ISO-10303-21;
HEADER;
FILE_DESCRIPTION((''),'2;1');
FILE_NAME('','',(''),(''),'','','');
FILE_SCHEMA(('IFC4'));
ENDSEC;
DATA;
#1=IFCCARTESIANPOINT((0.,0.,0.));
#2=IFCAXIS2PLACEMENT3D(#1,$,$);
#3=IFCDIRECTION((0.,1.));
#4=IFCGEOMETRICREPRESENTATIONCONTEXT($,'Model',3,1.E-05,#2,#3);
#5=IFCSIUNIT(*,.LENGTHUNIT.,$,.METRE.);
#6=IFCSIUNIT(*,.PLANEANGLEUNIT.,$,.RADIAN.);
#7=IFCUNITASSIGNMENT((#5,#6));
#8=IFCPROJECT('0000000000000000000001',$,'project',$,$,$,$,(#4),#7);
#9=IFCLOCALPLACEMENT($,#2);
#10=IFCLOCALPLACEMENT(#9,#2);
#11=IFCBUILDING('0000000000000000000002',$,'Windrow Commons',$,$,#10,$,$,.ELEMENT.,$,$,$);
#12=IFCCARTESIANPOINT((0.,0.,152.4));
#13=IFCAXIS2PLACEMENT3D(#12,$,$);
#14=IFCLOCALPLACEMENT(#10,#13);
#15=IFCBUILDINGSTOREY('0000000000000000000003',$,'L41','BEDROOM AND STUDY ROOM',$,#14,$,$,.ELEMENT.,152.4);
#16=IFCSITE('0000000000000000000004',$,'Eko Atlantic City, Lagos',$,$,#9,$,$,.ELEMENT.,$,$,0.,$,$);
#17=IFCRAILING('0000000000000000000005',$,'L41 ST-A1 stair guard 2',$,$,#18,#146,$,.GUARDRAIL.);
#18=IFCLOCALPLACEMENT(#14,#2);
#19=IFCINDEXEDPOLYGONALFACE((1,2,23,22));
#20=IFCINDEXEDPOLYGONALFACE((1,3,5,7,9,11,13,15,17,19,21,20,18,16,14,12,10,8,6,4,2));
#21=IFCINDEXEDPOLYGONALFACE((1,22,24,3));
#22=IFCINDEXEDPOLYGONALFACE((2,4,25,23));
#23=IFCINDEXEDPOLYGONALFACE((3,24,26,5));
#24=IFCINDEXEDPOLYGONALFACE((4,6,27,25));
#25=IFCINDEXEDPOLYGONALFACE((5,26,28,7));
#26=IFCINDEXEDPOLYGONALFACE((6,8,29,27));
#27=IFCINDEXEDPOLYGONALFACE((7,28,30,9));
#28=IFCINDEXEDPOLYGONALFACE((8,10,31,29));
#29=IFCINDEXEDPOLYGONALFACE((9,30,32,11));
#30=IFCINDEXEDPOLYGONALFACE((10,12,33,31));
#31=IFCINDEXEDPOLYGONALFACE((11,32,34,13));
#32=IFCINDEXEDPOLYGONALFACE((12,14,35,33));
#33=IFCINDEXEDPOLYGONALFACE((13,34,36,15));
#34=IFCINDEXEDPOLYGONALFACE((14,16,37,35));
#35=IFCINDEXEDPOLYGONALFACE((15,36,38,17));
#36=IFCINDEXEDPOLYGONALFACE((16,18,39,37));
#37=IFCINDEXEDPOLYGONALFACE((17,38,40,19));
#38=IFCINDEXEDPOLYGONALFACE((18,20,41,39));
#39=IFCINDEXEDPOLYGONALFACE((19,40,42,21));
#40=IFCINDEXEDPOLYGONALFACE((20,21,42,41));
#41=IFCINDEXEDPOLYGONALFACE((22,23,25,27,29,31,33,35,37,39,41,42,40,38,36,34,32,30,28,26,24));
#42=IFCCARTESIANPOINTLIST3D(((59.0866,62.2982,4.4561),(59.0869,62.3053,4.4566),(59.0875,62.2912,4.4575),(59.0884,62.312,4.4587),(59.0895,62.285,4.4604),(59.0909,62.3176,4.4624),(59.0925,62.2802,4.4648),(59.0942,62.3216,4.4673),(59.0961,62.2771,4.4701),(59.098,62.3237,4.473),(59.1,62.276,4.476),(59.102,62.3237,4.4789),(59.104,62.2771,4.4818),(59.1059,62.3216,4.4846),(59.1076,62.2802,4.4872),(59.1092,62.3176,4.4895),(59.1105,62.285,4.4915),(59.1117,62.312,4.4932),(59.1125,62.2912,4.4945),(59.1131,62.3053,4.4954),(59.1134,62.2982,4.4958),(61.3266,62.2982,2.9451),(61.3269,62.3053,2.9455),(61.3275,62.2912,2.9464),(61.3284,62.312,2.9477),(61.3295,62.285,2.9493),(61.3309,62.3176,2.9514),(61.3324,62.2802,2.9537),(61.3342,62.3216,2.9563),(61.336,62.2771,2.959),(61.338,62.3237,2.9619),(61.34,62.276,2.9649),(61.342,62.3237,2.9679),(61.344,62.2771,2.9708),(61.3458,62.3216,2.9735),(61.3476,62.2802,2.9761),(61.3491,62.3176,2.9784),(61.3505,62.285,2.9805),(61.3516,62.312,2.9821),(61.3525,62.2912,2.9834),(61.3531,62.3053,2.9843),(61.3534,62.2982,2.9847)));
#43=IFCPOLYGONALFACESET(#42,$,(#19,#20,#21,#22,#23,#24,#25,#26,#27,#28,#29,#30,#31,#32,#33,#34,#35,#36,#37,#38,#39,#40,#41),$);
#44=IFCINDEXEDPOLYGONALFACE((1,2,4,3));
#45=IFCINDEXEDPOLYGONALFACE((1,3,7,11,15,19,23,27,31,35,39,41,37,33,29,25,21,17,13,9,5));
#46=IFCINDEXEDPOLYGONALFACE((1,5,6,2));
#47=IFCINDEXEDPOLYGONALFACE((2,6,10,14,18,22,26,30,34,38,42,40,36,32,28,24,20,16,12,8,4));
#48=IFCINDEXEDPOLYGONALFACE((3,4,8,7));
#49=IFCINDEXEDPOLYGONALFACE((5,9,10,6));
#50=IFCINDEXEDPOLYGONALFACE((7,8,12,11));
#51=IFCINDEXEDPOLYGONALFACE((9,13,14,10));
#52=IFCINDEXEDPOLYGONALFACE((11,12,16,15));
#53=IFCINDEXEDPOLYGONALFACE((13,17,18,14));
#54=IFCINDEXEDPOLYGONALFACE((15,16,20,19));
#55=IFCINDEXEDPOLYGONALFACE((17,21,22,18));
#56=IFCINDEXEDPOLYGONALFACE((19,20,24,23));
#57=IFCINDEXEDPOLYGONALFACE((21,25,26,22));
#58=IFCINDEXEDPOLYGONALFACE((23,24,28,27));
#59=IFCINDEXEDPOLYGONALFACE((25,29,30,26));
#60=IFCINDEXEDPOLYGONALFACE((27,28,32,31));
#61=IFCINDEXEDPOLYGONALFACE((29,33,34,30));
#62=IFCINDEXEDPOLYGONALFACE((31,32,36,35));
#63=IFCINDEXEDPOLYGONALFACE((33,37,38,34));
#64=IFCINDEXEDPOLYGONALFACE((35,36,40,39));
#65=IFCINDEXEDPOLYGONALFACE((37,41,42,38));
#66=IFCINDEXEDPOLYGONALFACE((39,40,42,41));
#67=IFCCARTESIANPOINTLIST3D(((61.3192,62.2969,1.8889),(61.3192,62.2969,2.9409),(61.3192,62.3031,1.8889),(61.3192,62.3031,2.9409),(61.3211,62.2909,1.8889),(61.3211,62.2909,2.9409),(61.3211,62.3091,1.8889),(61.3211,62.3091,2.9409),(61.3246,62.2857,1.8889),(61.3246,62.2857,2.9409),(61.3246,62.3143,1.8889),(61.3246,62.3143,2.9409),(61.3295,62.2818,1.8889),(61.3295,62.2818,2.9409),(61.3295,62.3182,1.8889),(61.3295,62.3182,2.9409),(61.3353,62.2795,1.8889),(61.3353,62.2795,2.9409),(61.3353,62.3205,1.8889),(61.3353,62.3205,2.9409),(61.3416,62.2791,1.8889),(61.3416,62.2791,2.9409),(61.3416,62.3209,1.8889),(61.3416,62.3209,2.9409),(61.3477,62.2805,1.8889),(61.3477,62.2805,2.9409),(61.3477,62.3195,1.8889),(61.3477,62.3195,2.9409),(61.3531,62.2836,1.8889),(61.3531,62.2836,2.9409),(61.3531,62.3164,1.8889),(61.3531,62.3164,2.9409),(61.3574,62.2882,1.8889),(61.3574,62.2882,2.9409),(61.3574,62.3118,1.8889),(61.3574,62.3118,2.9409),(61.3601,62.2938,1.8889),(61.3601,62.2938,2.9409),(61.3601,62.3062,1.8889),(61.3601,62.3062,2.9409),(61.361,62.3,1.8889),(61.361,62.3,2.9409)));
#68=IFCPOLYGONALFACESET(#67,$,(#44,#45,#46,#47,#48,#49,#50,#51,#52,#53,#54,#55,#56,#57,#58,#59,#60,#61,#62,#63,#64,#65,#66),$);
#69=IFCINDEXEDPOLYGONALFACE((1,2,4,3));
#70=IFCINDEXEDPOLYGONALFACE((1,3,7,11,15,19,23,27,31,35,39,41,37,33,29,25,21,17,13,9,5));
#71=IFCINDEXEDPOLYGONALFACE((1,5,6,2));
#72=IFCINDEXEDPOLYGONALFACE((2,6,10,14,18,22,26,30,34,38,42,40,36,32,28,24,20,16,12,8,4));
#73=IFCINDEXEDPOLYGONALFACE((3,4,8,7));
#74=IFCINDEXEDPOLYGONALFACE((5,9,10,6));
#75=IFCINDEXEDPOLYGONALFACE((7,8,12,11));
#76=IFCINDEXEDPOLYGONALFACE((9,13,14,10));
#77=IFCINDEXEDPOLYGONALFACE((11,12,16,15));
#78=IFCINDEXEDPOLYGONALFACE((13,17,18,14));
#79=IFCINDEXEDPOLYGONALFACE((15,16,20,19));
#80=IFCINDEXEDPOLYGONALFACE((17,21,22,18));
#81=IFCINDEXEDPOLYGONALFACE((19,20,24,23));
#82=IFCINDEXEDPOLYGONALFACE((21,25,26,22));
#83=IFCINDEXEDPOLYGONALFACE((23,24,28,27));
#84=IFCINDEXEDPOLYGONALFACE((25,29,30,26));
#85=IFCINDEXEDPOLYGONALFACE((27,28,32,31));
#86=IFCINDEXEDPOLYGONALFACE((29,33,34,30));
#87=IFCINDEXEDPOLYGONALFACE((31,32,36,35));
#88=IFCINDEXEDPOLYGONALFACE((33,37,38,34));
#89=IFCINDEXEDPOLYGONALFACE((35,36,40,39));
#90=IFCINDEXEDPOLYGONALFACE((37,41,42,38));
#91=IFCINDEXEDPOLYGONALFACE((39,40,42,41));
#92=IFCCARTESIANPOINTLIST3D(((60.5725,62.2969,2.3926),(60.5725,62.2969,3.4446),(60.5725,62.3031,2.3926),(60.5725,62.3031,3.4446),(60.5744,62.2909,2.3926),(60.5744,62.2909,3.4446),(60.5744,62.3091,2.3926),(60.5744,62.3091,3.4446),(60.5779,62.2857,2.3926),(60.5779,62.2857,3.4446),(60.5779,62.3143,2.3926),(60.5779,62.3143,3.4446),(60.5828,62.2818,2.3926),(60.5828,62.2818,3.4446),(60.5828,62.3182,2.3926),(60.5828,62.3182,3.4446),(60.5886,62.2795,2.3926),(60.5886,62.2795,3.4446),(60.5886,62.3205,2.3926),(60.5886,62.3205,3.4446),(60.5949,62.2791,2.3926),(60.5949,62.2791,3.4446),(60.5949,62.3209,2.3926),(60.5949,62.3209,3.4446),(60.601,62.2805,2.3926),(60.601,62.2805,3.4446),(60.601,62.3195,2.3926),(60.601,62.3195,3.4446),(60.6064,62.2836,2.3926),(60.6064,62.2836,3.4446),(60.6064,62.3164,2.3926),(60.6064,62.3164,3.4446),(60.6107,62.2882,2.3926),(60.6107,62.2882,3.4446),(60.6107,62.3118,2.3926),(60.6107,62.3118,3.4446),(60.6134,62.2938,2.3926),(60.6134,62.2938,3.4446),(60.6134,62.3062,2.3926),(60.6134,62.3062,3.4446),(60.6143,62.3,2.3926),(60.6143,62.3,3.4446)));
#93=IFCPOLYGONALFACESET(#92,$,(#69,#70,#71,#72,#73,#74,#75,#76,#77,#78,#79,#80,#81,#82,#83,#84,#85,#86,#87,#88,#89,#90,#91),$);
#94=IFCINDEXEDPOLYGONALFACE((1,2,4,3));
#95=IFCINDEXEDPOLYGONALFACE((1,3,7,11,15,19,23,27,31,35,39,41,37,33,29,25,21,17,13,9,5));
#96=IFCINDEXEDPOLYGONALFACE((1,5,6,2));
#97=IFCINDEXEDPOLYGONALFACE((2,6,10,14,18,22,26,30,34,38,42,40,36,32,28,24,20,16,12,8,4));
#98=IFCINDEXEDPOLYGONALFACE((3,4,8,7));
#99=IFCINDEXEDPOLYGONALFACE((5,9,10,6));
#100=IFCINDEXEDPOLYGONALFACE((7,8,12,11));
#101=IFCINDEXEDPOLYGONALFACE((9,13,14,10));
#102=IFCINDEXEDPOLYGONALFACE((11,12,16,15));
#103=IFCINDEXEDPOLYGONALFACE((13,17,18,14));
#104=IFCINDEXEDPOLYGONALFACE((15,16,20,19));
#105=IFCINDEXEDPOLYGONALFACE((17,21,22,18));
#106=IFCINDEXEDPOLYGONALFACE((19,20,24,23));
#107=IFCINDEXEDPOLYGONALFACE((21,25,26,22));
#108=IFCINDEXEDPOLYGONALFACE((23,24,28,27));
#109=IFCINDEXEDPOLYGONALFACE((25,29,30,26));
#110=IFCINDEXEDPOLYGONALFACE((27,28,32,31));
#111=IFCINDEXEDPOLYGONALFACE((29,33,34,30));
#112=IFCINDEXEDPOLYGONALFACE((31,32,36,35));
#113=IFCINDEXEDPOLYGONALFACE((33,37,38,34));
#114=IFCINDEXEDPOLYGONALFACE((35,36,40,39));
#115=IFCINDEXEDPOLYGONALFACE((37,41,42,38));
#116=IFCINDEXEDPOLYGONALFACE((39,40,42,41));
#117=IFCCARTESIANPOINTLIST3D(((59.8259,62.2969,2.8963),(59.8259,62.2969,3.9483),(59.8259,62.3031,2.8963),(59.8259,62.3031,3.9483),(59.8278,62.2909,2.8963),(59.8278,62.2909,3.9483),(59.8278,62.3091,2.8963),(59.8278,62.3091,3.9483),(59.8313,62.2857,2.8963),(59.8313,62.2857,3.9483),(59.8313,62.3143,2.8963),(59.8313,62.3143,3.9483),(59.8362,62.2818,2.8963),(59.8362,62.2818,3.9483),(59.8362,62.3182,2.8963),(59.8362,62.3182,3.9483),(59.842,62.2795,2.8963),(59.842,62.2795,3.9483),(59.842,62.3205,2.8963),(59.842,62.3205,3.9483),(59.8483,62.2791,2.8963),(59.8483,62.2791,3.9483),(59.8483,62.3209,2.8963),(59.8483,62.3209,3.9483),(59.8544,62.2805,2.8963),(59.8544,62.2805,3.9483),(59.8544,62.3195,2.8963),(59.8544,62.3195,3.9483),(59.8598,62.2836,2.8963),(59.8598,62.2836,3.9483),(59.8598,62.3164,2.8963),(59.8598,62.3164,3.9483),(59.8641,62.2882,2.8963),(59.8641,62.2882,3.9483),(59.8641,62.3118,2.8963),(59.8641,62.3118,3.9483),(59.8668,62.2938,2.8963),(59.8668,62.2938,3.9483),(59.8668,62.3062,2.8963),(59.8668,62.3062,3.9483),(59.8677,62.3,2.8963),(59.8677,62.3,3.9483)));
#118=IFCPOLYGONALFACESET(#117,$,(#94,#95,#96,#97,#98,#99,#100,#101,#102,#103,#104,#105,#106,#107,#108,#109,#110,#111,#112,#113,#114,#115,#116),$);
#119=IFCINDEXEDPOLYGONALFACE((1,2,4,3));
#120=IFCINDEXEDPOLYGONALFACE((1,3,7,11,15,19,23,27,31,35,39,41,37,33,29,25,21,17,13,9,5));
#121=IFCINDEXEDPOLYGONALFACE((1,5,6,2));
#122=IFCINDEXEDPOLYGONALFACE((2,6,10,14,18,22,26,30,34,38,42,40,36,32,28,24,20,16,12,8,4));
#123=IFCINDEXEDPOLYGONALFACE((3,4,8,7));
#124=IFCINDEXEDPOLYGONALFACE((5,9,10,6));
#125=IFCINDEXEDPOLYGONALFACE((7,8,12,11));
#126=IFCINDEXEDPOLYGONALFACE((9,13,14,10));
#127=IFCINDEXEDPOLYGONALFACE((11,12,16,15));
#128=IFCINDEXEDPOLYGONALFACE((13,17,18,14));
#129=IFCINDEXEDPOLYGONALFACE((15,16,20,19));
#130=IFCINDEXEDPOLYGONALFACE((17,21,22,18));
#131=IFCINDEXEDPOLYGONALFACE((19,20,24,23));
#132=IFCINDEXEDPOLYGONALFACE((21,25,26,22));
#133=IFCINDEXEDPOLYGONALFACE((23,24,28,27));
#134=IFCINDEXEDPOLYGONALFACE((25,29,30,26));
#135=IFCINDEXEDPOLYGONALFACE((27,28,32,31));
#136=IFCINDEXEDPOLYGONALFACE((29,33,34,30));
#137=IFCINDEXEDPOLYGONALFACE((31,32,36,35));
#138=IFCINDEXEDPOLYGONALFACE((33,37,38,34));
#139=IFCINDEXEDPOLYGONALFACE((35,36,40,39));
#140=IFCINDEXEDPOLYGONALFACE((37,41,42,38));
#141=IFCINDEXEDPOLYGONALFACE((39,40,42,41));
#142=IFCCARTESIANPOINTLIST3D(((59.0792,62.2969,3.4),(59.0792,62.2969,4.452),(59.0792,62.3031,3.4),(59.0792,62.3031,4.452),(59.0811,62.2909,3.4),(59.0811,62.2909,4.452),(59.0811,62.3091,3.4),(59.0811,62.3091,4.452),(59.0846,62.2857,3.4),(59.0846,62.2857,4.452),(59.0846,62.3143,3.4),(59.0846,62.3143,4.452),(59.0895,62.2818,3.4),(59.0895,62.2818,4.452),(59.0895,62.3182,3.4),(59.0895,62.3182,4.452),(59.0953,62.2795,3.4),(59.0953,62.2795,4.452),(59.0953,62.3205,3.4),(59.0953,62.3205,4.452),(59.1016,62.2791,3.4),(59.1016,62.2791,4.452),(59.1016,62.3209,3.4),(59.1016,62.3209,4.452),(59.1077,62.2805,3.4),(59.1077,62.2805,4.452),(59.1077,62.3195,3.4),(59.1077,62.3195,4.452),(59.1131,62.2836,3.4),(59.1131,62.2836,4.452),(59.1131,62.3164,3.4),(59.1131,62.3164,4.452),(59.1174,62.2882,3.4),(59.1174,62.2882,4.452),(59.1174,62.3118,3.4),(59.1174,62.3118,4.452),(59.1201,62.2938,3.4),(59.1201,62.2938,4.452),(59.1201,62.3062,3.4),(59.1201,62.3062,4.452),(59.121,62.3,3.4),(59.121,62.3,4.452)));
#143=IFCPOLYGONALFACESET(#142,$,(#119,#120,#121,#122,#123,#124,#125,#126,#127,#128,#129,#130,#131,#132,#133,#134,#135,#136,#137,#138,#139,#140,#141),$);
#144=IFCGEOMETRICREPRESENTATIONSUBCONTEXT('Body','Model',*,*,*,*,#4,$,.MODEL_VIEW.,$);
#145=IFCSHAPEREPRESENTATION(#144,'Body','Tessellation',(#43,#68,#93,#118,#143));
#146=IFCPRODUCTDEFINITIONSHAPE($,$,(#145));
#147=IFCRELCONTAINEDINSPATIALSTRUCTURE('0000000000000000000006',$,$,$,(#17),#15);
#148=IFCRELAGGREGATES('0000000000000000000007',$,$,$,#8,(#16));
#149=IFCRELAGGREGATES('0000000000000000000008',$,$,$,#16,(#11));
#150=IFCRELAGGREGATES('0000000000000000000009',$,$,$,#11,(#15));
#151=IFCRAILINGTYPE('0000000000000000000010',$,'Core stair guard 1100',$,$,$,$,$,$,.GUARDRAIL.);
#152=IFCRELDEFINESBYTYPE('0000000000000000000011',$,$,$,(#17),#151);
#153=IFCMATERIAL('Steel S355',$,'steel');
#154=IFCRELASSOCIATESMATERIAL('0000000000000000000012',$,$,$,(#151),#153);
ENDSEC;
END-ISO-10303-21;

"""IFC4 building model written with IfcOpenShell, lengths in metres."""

from ifc_helpers import new_model, si_unit, direction, frame, origin, origin_2d, place, context, subcontext, project, spatial, circle, extrude, material, type_object, element, save


model = new_model("IFC4")

# Units and contexts
model_context = context("Model", 3, precision=1e-05, world=origin(), true_north=direction((0.0, 1.0)))
body_context = subcontext(model_context, "Body", "Model", "MODEL_VIEW")
ifc_project = project(units=[si_unit("LENGTHUNIT", "METRE"), si_unit("PLANEANGLEUNIT", "RADIAN")], contexts=[model_context])

# Site, building, storey
site_placement = place(None, origin())
site = spatial("IfcSite", under=ifc_project, at=site_placement, Name="Eko Atlantic City, Lagos", CompositionType="ELEMENT", RefElevation=0.0)
building_placement = place(site_placement, origin())
building = spatial("IfcBuilding", under=site, at=building_placement, Name="Windrow Commons", CompositionType="ELEMENT")
storey_placement = place(building_placement, frame((0.0, 0.0, 152.4)))
storey = spatial("IfcBuildingStorey", under=building, at=storey_placement, Name="L41", Description="BEDROOM AND STUDY ROOM", CompositionType="ELEMENT", Elevation=152.4)

# Railing
ifc_material_1 = material(Name="Steel S355", Category="steel")
railing_type_1 = type_object("IfcRailingType", Name="Core stair guard 1100", PredefinedType="GUARDRAIL", material=ifc_material_1)
railing_1_placement = place(storey_placement, frame((61.34, 62.3, 1.8889)))
element("IfcRailing", 1, at=railing_1_placement, inside=storey, type_object=railing_type_1, Name="L41 ST-A1 stair guard 2", PredefinedType="GUARDRAIL", context=body_context, shape_type="SweptSolid", body=[
    extrude(circle(Radius=0.024, at=origin_2d()), frame((0.0, 0.0, 1.076), z_axis=(-0.829003, 0.0, 0.559244), x_axis=(0.0, -1.0, 0.0)), (0.0, 0.0, 1.0), 2.702),
    extrude(circle(Radius=0.021, at=origin_2d()), origin(), (0.0, 0.0, 1.0), 1.052),
    extrude(circle(Radius=0.021, at=origin_2d()), frame((-0.7467, 0.0, 0.5037)), (0.0, 0.0, 1.0), 1.052),
    extrude(circle(Radius=0.021, at=origin_2d()), frame((-1.4933, 0.0, 1.0074)), (0.0, 0.0, 1.0), 1.052),
    extrude(circle(Radius=0.021, at=origin_2d()), frame((-2.24, 0.0, 1.5111)), (0.0, 0.0, 1.0), 1.052),
])

save(model, "model.ifc")
